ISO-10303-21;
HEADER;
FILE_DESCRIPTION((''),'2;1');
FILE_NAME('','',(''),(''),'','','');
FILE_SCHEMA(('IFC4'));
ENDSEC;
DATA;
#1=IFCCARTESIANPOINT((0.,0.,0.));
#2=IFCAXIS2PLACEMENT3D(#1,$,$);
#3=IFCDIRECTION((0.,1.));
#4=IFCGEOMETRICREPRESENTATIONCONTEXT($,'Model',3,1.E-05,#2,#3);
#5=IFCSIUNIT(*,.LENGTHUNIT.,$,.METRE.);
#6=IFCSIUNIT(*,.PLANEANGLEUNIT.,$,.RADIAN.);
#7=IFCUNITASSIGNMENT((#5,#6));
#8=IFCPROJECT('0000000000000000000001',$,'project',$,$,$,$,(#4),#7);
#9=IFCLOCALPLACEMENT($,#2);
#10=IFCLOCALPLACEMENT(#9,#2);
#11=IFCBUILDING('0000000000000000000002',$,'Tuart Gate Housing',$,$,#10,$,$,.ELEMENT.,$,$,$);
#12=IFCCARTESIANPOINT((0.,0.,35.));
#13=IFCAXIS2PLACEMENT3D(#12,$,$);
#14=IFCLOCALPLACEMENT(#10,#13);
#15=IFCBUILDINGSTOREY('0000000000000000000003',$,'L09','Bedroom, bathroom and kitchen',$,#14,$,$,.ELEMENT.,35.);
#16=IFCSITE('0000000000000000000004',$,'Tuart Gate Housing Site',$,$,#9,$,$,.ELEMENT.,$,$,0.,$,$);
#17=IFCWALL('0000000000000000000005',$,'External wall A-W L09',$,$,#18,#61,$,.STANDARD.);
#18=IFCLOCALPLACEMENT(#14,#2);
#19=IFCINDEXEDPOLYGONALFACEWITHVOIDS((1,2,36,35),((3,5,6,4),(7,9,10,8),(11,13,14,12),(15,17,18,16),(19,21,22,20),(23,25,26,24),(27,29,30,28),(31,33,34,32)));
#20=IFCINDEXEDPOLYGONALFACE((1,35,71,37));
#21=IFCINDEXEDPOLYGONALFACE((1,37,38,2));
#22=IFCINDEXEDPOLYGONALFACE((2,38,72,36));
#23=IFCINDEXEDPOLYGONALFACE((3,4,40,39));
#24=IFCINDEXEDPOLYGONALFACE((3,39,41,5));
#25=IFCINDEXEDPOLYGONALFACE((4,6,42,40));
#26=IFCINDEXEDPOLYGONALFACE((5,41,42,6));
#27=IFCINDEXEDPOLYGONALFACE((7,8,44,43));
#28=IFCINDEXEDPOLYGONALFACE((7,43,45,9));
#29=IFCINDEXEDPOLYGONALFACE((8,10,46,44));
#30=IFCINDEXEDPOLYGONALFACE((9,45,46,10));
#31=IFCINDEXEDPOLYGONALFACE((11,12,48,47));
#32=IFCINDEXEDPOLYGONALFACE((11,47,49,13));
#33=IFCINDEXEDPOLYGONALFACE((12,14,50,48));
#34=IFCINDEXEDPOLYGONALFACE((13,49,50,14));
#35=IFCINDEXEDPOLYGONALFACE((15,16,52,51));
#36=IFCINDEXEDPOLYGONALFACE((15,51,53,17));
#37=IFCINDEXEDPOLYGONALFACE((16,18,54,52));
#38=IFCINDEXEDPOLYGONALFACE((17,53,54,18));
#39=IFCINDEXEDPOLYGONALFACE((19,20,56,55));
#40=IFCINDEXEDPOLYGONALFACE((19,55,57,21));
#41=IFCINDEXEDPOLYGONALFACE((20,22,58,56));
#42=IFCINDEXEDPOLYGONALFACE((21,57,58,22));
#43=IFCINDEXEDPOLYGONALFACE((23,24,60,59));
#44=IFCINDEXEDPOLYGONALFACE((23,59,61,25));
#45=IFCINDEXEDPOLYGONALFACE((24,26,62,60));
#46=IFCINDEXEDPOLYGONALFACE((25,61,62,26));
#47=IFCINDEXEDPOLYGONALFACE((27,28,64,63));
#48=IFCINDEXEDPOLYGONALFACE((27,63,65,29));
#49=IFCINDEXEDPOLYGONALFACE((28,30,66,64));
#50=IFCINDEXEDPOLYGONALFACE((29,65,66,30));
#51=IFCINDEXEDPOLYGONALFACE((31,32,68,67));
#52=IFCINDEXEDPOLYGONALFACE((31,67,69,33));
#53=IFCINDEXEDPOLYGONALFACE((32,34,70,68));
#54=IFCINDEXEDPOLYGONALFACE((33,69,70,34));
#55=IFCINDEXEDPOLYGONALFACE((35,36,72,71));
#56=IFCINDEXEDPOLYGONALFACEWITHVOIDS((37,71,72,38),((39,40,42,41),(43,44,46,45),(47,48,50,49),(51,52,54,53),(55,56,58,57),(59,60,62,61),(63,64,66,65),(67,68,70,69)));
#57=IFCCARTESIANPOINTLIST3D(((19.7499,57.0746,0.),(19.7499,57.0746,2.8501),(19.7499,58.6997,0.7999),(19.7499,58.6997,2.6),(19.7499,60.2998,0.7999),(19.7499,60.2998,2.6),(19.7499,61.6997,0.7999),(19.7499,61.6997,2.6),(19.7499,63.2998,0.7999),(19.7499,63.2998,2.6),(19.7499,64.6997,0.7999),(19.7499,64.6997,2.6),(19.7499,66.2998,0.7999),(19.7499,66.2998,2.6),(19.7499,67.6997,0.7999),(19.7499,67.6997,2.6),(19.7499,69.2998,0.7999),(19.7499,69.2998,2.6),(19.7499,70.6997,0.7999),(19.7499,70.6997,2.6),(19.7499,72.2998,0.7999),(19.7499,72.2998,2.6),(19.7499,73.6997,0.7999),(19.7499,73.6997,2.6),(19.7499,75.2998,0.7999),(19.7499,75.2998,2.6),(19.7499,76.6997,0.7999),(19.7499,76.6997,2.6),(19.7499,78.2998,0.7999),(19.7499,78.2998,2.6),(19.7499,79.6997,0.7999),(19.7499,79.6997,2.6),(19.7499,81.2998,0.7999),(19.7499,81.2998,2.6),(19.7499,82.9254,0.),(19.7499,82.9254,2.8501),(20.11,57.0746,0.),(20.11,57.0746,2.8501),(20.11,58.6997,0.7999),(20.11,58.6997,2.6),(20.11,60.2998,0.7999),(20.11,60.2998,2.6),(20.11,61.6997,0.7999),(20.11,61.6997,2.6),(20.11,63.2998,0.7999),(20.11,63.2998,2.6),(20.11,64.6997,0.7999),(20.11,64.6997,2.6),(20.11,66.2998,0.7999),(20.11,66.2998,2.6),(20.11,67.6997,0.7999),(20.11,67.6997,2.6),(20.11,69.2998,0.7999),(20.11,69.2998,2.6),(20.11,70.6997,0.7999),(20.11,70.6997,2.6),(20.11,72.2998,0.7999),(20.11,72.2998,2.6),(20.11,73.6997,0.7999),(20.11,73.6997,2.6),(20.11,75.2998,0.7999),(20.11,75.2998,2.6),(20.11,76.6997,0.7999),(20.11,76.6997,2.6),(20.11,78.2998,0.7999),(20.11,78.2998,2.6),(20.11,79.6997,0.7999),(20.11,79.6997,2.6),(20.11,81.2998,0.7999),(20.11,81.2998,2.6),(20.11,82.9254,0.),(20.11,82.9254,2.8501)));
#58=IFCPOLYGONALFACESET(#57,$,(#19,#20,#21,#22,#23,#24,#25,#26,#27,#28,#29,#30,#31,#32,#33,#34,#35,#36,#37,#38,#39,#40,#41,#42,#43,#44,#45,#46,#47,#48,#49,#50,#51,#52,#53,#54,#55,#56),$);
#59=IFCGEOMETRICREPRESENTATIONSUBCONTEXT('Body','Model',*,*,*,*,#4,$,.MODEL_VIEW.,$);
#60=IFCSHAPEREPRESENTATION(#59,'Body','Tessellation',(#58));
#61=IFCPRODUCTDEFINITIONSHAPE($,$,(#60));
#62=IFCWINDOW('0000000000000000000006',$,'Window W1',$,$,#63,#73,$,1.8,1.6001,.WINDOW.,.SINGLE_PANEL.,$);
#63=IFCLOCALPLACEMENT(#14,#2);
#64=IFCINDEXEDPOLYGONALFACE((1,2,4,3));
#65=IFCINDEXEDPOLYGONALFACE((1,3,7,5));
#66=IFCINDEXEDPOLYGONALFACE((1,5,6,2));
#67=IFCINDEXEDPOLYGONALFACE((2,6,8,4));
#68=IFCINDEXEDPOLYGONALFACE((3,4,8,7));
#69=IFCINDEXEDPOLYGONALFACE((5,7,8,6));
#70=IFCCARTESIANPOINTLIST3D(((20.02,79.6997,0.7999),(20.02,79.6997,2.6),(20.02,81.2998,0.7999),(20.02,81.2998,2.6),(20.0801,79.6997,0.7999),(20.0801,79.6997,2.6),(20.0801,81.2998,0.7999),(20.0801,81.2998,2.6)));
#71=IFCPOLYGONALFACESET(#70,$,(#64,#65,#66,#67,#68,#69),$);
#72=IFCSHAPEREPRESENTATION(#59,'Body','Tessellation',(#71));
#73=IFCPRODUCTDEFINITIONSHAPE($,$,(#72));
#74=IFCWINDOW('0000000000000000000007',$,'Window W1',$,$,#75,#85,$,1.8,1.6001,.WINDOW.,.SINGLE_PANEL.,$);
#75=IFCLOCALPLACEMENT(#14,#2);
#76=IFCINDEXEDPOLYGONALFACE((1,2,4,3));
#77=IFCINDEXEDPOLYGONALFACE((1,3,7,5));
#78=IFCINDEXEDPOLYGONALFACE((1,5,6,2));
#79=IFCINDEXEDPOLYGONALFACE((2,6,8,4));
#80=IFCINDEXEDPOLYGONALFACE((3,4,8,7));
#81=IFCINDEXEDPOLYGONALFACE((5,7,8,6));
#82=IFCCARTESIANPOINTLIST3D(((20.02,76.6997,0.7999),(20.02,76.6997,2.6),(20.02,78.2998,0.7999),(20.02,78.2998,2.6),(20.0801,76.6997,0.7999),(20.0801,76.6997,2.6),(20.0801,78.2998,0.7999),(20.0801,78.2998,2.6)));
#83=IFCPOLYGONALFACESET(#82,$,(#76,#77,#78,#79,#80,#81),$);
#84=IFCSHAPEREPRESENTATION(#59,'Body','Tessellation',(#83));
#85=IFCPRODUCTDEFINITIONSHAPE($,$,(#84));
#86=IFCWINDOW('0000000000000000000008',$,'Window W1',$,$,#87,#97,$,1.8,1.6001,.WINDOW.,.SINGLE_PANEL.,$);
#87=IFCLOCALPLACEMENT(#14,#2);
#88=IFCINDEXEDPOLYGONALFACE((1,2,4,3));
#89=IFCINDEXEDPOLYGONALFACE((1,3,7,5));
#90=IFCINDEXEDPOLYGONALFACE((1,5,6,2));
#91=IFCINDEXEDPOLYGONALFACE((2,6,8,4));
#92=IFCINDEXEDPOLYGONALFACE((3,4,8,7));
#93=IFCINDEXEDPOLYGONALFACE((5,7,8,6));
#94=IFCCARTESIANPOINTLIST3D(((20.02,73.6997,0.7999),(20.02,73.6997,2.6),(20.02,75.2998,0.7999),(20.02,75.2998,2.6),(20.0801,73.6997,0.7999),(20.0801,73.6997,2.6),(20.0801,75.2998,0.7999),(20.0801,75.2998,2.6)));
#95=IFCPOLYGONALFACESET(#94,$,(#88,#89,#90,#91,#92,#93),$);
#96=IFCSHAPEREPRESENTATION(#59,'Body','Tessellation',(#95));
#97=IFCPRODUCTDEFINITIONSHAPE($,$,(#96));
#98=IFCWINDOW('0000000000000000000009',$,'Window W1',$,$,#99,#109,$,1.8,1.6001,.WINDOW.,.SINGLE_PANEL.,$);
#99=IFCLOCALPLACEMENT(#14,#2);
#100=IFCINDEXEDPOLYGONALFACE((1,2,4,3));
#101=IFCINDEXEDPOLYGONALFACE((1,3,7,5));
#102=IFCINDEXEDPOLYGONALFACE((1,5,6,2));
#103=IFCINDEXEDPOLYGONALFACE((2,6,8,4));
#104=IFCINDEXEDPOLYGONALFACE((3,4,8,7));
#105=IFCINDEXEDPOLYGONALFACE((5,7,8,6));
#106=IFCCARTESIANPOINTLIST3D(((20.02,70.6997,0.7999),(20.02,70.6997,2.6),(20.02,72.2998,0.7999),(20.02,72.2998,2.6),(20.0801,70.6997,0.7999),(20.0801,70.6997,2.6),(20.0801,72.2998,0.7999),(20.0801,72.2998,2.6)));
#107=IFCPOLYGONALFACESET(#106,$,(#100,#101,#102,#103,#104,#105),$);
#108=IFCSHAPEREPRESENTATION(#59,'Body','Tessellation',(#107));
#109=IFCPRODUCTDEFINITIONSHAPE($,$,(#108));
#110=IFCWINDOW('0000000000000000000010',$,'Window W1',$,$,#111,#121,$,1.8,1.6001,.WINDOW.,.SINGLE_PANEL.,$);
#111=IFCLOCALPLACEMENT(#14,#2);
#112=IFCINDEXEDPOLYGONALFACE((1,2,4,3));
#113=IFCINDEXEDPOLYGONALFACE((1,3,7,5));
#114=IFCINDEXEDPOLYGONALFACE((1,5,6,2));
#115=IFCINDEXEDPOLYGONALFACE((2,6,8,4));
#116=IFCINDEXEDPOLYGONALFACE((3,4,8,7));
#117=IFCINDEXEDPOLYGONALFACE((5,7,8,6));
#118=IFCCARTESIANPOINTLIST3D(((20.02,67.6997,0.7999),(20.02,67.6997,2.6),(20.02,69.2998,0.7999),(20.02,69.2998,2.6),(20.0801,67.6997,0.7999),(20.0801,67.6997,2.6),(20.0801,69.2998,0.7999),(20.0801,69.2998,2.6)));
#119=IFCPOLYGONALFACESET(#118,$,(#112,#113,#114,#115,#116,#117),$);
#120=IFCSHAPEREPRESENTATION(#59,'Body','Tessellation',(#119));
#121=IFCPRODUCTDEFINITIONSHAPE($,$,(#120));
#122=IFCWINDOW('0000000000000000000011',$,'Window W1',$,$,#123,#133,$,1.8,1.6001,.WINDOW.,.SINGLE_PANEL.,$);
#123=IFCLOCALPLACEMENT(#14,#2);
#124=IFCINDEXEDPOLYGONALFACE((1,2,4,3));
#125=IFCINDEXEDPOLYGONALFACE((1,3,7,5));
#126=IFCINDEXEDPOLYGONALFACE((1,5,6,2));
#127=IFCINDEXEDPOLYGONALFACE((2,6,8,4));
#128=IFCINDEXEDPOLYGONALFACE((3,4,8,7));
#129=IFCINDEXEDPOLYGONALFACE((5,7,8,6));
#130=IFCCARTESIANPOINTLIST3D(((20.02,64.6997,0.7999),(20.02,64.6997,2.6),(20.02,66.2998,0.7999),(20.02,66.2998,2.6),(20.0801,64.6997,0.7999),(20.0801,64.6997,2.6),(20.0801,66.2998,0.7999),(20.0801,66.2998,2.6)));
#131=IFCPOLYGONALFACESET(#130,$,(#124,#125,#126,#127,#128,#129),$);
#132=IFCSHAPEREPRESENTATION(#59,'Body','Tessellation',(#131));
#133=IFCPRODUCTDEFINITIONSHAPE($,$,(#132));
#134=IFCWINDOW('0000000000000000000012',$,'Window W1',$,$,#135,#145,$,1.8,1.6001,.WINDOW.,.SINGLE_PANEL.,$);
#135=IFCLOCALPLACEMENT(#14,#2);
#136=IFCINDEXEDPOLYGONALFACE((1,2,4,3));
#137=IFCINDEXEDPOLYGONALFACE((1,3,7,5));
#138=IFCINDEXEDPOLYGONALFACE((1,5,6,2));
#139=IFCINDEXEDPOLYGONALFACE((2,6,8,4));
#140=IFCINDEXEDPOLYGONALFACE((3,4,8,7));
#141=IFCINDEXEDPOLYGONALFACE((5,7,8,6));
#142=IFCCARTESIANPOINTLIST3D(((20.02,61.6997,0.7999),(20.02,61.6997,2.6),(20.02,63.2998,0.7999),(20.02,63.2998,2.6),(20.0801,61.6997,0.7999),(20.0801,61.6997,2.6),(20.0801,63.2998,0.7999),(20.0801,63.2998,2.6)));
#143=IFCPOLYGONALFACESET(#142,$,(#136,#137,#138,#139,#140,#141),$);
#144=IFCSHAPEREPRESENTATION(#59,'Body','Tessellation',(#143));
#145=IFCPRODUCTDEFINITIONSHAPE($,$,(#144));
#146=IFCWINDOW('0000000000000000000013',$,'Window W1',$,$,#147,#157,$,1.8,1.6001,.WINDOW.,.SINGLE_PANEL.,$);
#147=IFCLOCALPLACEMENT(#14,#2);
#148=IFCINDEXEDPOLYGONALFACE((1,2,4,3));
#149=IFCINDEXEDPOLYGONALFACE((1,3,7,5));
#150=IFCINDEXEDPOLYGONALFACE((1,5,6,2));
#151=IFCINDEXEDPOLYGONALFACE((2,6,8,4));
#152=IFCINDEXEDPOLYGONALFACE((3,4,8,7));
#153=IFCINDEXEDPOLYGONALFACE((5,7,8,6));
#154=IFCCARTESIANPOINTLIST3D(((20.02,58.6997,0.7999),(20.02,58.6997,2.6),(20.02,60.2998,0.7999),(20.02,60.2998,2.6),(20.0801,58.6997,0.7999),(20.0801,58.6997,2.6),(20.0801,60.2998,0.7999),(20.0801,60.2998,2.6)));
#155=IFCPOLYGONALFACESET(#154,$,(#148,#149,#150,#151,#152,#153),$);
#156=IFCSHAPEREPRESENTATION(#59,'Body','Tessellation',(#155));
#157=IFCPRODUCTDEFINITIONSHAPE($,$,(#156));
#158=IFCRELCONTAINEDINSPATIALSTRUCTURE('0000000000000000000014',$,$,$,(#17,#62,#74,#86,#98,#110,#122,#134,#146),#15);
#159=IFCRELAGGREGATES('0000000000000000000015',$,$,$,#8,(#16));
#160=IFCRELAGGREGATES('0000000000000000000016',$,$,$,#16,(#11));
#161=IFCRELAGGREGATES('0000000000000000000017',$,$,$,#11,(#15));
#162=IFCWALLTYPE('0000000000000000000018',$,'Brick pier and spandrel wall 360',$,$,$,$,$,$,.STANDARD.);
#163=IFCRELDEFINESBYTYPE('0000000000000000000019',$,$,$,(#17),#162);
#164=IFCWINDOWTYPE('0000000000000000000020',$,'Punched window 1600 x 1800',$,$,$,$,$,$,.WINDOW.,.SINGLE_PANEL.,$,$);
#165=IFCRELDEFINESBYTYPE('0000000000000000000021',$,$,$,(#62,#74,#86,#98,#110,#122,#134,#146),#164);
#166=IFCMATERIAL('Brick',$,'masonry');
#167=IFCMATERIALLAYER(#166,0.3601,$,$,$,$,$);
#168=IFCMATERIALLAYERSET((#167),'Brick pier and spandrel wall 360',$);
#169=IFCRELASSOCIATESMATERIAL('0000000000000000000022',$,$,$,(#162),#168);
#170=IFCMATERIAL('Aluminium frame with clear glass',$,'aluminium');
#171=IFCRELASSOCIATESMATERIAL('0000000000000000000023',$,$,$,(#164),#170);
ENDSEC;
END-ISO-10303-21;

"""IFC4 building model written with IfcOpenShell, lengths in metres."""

from ifc_helpers import new_model, si_unit, direction, frame, frame_2d, origin, place, context, subcontext, project, spatial, rectangle, extrude, material, layer, layer_set, type_object, element, fill, save


model = new_model("IFC4")

# Units and contexts
model_context = context("Model", 3, precision=1e-05, world=origin(), true_north=direction((0.0, 1.0)))
body_context = subcontext(model_context, "Body", "Model", "MODEL_VIEW")
ifc_project = project(units=[si_unit("LENGTHUNIT", "METRE"), si_unit("PLANEANGLEUNIT", "RADIAN")], contexts=[model_context])

# Site, building, storey
site_placement = place(None, origin())
site = spatial("IfcSite", under=ifc_project, at=site_placement, Name="Tuart Gate Housing Site", CompositionType="ELEMENT", RefElevation=0.0)
building_placement = place(site_placement, origin())
building = spatial("IfcBuilding", under=site, at=building_placement, Name="Tuart Gate Housing", CompositionType="ELEMENT")
storey_placement = place(building_placement, frame((0.0, 0.0, 35.0)))
storey = spatial("IfcBuildingStorey", under=building, at=storey_placement, Name="L09", Description="Bedroom, bathroom and kitchen", CompositionType="ELEMENT", Elevation=35.0)

# Shared definitions
ifc_material_1 = material(Name="Brick", Category="masonry")
ifc_layer_1 = layer(ifc_material_1, 0.3601)
ifc_layer_set_1 = layer_set([ifc_layer_1], Name="Brick pier and spandrel wall 360")
wall_type_1 = type_object("IfcWallType", Name="Brick pier and spandrel wall 360", PredefinedType="STANDARD", material=ifc_layer_set_1)
ifc_material_2 = material(Name="Aluminium frame with clear glass", Category="aluminium")
window_type = type_object("IfcWindowType", Name="Punched window 1600 x 1800", PartitioningType="SINGLE_PANEL", PredefinedType="WINDOW", material=ifc_material_2)

# Wall, openings, windows
wall_1_placement = place(storey_placement, frame((19.9299, 82.9253, 0.0), z_axis=(0.0, 0.0, 1.0), x_axis=(0.0, -1.0, 0.0)))
wall_1 = element("IfcWall", 1, at=wall_1_placement, inside=storey, type_object=wall_type_1, Name="External wall A-W L09", PredefinedType="STANDARD", context=body_context, shape_type="SweptSolid", body=[
    extrude(rectangle(XDim=25.8508, YDim=0.3601, at=frame_2d((12.9253, 0.0))), origin(), (0.0, 0.0, 1.0), 2.8501),
])
opening_1_placement = place(wall_1_placement, frame((1.6255, 0.0, 0.8)))
opening_1 = element("IfcOpeningElement", 2, at=opening_1_placement, cuts=wall_1, PredefinedType="OPENING", context=body_context, shape_type="SweptSolid", body=[
    extrude(rectangle(XDim=1.6001, YDim=1.8, at=frame_2d((0.8, 0.8999))), frame((0.0, 0.1899, 0.0), z_axis=(0.0, -1.0, 0.0), x_axis=(1.0, 0.0, 0.0)), (0.0, 0.0, 1.0), 0.3801),
])
opening_2_placement = place(wall_1_placement, frame((4.6255, 0.0, 0.8)))
opening_2 = element("IfcOpeningElement", 3, at=opening_2_placement, cuts=wall_1, PredefinedType="OPENING", context=body_context, shape_type="SweptSolid", body=[
    extrude(rectangle(XDim=1.6001, YDim=1.8, at=frame_2d((0.8, 0.8999))), frame((0.0, 0.1899, 0.0), z_axis=(0.0, -1.0, 0.0), x_axis=(1.0, 0.0, 0.0)), (0.0, 0.0, 1.0), 0.3801),
])
opening_3_placement = place(wall_1_placement, frame((7.6255, 0.0, 0.8)))
opening_3 = element("IfcOpeningElement", 4, at=opening_3_placement, cuts=wall_1, PredefinedType="OPENING", context=body_context, shape_type="SweptSolid", body=[
    extrude(rectangle(XDim=1.6001, YDim=1.8, at=frame_2d((0.8, 0.8999))), frame((0.0, 0.1899, 0.0), z_axis=(0.0, -1.0, 0.0), x_axis=(1.0, 0.0, 0.0)), (0.0, 0.0, 1.0), 0.3801),
])
opening_4_placement = place(wall_1_placement, frame((10.6255, 0.0, 0.8)))
opening_4 = element("IfcOpeningElement", 5, at=opening_4_placement, cuts=wall_1, PredefinedType="OPENING", context=body_context, shape_type="SweptSolid", body=[
    extrude(rectangle(XDim=1.6001, YDim=1.8, at=frame_2d((0.8, 0.8999))), frame((0.0, 0.1899, 0.0), z_axis=(0.0, -1.0, 0.0), x_axis=(1.0, 0.0, 0.0)), (0.0, 0.0, 1.0), 0.3801),
])
opening_5_placement = place(wall_1_placement, frame((13.6255, 0.0, 0.8)))
opening_5 = element("IfcOpeningElement", 6, at=opening_5_placement, cuts=wall_1, PredefinedType="OPENING", context=body_context, shape_type="SweptSolid", body=[
    extrude(rectangle(XDim=1.6001, YDim=1.8, at=frame_2d((0.8, 0.8999))), frame((0.0, 0.1899, 0.0), z_axis=(0.0, -1.0, 0.0), x_axis=(1.0, 0.0, 0.0)), (0.0, 0.0, 1.0), 0.3801),
])
opening_6_placement = place(wall_1_placement, frame((16.6255, 0.0, 0.8)))
opening_6 = element("IfcOpeningElement", 7, at=opening_6_placement, cuts=wall_1, PredefinedType="OPENING", context=body_context, shape_type="SweptSolid", body=[
    extrude(rectangle(XDim=1.6001, YDim=1.8, at=frame_2d((0.8, 0.8999))), frame((0.0, 0.1899, 0.0), z_axis=(0.0, -1.0, 0.0), x_axis=(1.0, 0.0, 0.0)), (0.0, 0.0, 1.0), 0.3801),
])
opening_7_placement = place(wall_1_placement, frame((19.6255, 0.0, 0.8)))
opening_7 = element("IfcOpeningElement", 8, at=opening_7_placement, cuts=wall_1, PredefinedType="OPENING", context=body_context, shape_type="SweptSolid", body=[
    extrude(rectangle(XDim=1.6001, YDim=1.8, at=frame_2d((0.8, 0.8999))), frame((0.0, 0.1899, 0.0), z_axis=(0.0, -1.0, 0.0), x_axis=(1.0, 0.0, 0.0)), (0.0, 0.0, 1.0), 0.3801),
])
opening_8_placement = place(wall_1_placement, frame((22.6255, 0.0, 0.8)))
opening_8 = element("IfcOpeningElement", 9, at=opening_8_placement, cuts=wall_1, PredefinedType="OPENING", context=body_context, shape_type="SweptSolid", body=[
    extrude(rectangle(XDim=1.6001, YDim=1.8, at=frame_2d((0.8, 0.8999))), frame((0.0, 0.1899, 0.0), z_axis=(0.0, -1.0, 0.0), x_axis=(1.0, 0.0, 0.0)), (0.0, 0.0, 1.0), 0.3801),
])
window_1_placement = place(opening_1_placement, origin())
window_1 = element("IfcWindow", 10, at=window_1_placement, inside=storey, type_object=window_type, Name="Window W1", OverallHeight=1.8, OverallWidth=1.6001, PartitioningType="SINGLE_PANEL", PredefinedType="WINDOW", context=body_context, shape_type="SweptSolid", body=[
    extrude(rectangle(XDim=1.6001, YDim=1.8, at=frame_2d((0.8, 0.8999))), frame((0.0, 0.1501, 0.0), z_axis=(0.0, -1.0, 0.0), x_axis=(1.0, 0.0, 0.0)), (0.0, 0.0, 1.0), 0.0601),
])
fill(opening_1, window_1)
window_2_placement = place(opening_2_placement, origin())
window_2 = element("IfcWindow", 11, at=window_2_placement, inside=storey, type_object=window_type, Name="Window W1", OverallHeight=1.8, OverallWidth=1.6001, PartitioningType="SINGLE_PANEL", PredefinedType="WINDOW", context=body_context, shape_type="SweptSolid", body=[
    extrude(rectangle(XDim=1.6001, YDim=1.8, at=frame_2d((0.8, 0.8999))), frame((0.0, 0.1501, 0.0), z_axis=(0.0, -1.0, 0.0), x_axis=(1.0, 0.0, 0.0)), (0.0, 0.0, 1.0), 0.0601),
])
fill(opening_2, window_2)
window_3_placement = place(opening_3_placement, origin())
window_3 = element("IfcWindow", 12, at=window_3_placement, inside=storey, type_object=window_type, Name="Window W1", OverallHeight=1.8, OverallWidth=1.6001, PartitioningType="SINGLE_PANEL", PredefinedType="WINDOW", context=body_context, shape_type="SweptSolid", body=[
    extrude(rectangle(XDim=1.6001, YDim=1.8, at=frame_2d((0.8, 0.8999))), frame((0.0, 0.1501, 0.0), z_axis=(0.0, -1.0, 0.0), x_axis=(1.0, 0.0, 0.0)), (0.0, 0.0, 1.0), 0.0601),
])
fill(opening_3, window_3)
window_4_placement = place(opening_4_placement, origin())
window_4 = element("IfcWindow", 13, at=window_4_placement, inside=storey, type_object=window_type, Name="Window W1", OverallHeight=1.8, OverallWidth=1.6001, PartitioningType="SINGLE_PANEL", PredefinedType="WINDOW", context=body_context, shape_type="SweptSolid", body=[
    extrude(rectangle(XDim=1.6001, YDim=1.8, at=frame_2d((0.8, 0.8999))), frame((0.0, 0.1501, 0.0), z_axis=(0.0, -1.0, 0.0), x_axis=(1.0, 0.0, 0.0)), (0.0, 0.0, 1.0), 0.0601),
])
fill(opening_4, window_4)
window_5_placement = place(opening_5_placement, origin())
window_5 = element("IfcWindow", 14, at=window_5_placement, inside=storey, type_object=window_type, Name="Window W1", OverallHeight=1.8, OverallWidth=1.6001, PartitioningType="SINGLE_PANEL", PredefinedType="WINDOW", context=body_context, shape_type="SweptSolid", body=[
    extrude(rectangle(XDim=1.6001, YDim=1.8, at=frame_2d((0.8, 0.8999))), frame((0.0, 0.1501, 0.0), z_axis=(0.0, -1.0, 0.0), x_axis=(1.0, 0.0, 0.0)), (0.0, 0.0, 1.0), 0.0601),
])
fill(opening_5, window_5)
window_6_placement = place(opening_6_placement, origin())
window_6 = element("IfcWindow", 15, at=window_6_placement, inside=storey, type_object=window_type, Name="Window W1", OverallHeight=1.8, OverallWidth=1.6001, PartitioningType="SINGLE_PANEL", PredefinedType="WINDOW", context=body_context, shape_type="SweptSolid", body=[
    extrude(rectangle(XDim=1.6001, YDim=1.8, at=frame_2d((0.8, 0.8999))), frame((0.0, 0.1501, 0.0), z_axis=(0.0, -1.0, 0.0), x_axis=(1.0, 0.0, 0.0)), (0.0, 0.0, 1.0), 0.0601),
])
fill(opening_6, window_6)
window_7_placement = place(opening_7_placement, origin())
window_7 = element("IfcWindow", 16, at=window_7_placement, inside=storey, type_object=window_type, Name="Window W1", OverallHeight=1.8, OverallWidth=1.6001, PartitioningType="SINGLE_PANEL", PredefinedType="WINDOW", context=body_context, shape_type="SweptSolid", body=[
    extrude(rectangle(XDim=1.6001, YDim=1.8, at=frame_2d((0.8, 0.8999))), frame((0.0, 0.1501, 0.0), z_axis=(0.0, -1.0, 0.0), x_axis=(1.0, 0.0, 0.0)), (0.0, 0.0, 1.0), 0.0601),
])
fill(opening_7, window_7)
window_8_placement = place(opening_8_placement, origin())
window_8 = element("IfcWindow", 17, at=window_8_placement, inside=storey, type_object=window_type, Name="Window W1", OverallHeight=1.8, OverallWidth=1.6001, PartitioningType="SINGLE_PANEL", PredefinedType="WINDOW", context=body_context, shape_type="SweptSolid", body=[
    extrude(rectangle(XDim=1.6001, YDim=1.8, at=frame_2d((0.8, 0.8999))), frame((0.0, 0.1501, 0.0), z_axis=(0.0, -1.0, 0.0), x_axis=(1.0, 0.0, 0.0)), (0.0, 0.0, 1.0), 0.0601),
])
fill(opening_8, window_8)

save(model, "model.ifc")
